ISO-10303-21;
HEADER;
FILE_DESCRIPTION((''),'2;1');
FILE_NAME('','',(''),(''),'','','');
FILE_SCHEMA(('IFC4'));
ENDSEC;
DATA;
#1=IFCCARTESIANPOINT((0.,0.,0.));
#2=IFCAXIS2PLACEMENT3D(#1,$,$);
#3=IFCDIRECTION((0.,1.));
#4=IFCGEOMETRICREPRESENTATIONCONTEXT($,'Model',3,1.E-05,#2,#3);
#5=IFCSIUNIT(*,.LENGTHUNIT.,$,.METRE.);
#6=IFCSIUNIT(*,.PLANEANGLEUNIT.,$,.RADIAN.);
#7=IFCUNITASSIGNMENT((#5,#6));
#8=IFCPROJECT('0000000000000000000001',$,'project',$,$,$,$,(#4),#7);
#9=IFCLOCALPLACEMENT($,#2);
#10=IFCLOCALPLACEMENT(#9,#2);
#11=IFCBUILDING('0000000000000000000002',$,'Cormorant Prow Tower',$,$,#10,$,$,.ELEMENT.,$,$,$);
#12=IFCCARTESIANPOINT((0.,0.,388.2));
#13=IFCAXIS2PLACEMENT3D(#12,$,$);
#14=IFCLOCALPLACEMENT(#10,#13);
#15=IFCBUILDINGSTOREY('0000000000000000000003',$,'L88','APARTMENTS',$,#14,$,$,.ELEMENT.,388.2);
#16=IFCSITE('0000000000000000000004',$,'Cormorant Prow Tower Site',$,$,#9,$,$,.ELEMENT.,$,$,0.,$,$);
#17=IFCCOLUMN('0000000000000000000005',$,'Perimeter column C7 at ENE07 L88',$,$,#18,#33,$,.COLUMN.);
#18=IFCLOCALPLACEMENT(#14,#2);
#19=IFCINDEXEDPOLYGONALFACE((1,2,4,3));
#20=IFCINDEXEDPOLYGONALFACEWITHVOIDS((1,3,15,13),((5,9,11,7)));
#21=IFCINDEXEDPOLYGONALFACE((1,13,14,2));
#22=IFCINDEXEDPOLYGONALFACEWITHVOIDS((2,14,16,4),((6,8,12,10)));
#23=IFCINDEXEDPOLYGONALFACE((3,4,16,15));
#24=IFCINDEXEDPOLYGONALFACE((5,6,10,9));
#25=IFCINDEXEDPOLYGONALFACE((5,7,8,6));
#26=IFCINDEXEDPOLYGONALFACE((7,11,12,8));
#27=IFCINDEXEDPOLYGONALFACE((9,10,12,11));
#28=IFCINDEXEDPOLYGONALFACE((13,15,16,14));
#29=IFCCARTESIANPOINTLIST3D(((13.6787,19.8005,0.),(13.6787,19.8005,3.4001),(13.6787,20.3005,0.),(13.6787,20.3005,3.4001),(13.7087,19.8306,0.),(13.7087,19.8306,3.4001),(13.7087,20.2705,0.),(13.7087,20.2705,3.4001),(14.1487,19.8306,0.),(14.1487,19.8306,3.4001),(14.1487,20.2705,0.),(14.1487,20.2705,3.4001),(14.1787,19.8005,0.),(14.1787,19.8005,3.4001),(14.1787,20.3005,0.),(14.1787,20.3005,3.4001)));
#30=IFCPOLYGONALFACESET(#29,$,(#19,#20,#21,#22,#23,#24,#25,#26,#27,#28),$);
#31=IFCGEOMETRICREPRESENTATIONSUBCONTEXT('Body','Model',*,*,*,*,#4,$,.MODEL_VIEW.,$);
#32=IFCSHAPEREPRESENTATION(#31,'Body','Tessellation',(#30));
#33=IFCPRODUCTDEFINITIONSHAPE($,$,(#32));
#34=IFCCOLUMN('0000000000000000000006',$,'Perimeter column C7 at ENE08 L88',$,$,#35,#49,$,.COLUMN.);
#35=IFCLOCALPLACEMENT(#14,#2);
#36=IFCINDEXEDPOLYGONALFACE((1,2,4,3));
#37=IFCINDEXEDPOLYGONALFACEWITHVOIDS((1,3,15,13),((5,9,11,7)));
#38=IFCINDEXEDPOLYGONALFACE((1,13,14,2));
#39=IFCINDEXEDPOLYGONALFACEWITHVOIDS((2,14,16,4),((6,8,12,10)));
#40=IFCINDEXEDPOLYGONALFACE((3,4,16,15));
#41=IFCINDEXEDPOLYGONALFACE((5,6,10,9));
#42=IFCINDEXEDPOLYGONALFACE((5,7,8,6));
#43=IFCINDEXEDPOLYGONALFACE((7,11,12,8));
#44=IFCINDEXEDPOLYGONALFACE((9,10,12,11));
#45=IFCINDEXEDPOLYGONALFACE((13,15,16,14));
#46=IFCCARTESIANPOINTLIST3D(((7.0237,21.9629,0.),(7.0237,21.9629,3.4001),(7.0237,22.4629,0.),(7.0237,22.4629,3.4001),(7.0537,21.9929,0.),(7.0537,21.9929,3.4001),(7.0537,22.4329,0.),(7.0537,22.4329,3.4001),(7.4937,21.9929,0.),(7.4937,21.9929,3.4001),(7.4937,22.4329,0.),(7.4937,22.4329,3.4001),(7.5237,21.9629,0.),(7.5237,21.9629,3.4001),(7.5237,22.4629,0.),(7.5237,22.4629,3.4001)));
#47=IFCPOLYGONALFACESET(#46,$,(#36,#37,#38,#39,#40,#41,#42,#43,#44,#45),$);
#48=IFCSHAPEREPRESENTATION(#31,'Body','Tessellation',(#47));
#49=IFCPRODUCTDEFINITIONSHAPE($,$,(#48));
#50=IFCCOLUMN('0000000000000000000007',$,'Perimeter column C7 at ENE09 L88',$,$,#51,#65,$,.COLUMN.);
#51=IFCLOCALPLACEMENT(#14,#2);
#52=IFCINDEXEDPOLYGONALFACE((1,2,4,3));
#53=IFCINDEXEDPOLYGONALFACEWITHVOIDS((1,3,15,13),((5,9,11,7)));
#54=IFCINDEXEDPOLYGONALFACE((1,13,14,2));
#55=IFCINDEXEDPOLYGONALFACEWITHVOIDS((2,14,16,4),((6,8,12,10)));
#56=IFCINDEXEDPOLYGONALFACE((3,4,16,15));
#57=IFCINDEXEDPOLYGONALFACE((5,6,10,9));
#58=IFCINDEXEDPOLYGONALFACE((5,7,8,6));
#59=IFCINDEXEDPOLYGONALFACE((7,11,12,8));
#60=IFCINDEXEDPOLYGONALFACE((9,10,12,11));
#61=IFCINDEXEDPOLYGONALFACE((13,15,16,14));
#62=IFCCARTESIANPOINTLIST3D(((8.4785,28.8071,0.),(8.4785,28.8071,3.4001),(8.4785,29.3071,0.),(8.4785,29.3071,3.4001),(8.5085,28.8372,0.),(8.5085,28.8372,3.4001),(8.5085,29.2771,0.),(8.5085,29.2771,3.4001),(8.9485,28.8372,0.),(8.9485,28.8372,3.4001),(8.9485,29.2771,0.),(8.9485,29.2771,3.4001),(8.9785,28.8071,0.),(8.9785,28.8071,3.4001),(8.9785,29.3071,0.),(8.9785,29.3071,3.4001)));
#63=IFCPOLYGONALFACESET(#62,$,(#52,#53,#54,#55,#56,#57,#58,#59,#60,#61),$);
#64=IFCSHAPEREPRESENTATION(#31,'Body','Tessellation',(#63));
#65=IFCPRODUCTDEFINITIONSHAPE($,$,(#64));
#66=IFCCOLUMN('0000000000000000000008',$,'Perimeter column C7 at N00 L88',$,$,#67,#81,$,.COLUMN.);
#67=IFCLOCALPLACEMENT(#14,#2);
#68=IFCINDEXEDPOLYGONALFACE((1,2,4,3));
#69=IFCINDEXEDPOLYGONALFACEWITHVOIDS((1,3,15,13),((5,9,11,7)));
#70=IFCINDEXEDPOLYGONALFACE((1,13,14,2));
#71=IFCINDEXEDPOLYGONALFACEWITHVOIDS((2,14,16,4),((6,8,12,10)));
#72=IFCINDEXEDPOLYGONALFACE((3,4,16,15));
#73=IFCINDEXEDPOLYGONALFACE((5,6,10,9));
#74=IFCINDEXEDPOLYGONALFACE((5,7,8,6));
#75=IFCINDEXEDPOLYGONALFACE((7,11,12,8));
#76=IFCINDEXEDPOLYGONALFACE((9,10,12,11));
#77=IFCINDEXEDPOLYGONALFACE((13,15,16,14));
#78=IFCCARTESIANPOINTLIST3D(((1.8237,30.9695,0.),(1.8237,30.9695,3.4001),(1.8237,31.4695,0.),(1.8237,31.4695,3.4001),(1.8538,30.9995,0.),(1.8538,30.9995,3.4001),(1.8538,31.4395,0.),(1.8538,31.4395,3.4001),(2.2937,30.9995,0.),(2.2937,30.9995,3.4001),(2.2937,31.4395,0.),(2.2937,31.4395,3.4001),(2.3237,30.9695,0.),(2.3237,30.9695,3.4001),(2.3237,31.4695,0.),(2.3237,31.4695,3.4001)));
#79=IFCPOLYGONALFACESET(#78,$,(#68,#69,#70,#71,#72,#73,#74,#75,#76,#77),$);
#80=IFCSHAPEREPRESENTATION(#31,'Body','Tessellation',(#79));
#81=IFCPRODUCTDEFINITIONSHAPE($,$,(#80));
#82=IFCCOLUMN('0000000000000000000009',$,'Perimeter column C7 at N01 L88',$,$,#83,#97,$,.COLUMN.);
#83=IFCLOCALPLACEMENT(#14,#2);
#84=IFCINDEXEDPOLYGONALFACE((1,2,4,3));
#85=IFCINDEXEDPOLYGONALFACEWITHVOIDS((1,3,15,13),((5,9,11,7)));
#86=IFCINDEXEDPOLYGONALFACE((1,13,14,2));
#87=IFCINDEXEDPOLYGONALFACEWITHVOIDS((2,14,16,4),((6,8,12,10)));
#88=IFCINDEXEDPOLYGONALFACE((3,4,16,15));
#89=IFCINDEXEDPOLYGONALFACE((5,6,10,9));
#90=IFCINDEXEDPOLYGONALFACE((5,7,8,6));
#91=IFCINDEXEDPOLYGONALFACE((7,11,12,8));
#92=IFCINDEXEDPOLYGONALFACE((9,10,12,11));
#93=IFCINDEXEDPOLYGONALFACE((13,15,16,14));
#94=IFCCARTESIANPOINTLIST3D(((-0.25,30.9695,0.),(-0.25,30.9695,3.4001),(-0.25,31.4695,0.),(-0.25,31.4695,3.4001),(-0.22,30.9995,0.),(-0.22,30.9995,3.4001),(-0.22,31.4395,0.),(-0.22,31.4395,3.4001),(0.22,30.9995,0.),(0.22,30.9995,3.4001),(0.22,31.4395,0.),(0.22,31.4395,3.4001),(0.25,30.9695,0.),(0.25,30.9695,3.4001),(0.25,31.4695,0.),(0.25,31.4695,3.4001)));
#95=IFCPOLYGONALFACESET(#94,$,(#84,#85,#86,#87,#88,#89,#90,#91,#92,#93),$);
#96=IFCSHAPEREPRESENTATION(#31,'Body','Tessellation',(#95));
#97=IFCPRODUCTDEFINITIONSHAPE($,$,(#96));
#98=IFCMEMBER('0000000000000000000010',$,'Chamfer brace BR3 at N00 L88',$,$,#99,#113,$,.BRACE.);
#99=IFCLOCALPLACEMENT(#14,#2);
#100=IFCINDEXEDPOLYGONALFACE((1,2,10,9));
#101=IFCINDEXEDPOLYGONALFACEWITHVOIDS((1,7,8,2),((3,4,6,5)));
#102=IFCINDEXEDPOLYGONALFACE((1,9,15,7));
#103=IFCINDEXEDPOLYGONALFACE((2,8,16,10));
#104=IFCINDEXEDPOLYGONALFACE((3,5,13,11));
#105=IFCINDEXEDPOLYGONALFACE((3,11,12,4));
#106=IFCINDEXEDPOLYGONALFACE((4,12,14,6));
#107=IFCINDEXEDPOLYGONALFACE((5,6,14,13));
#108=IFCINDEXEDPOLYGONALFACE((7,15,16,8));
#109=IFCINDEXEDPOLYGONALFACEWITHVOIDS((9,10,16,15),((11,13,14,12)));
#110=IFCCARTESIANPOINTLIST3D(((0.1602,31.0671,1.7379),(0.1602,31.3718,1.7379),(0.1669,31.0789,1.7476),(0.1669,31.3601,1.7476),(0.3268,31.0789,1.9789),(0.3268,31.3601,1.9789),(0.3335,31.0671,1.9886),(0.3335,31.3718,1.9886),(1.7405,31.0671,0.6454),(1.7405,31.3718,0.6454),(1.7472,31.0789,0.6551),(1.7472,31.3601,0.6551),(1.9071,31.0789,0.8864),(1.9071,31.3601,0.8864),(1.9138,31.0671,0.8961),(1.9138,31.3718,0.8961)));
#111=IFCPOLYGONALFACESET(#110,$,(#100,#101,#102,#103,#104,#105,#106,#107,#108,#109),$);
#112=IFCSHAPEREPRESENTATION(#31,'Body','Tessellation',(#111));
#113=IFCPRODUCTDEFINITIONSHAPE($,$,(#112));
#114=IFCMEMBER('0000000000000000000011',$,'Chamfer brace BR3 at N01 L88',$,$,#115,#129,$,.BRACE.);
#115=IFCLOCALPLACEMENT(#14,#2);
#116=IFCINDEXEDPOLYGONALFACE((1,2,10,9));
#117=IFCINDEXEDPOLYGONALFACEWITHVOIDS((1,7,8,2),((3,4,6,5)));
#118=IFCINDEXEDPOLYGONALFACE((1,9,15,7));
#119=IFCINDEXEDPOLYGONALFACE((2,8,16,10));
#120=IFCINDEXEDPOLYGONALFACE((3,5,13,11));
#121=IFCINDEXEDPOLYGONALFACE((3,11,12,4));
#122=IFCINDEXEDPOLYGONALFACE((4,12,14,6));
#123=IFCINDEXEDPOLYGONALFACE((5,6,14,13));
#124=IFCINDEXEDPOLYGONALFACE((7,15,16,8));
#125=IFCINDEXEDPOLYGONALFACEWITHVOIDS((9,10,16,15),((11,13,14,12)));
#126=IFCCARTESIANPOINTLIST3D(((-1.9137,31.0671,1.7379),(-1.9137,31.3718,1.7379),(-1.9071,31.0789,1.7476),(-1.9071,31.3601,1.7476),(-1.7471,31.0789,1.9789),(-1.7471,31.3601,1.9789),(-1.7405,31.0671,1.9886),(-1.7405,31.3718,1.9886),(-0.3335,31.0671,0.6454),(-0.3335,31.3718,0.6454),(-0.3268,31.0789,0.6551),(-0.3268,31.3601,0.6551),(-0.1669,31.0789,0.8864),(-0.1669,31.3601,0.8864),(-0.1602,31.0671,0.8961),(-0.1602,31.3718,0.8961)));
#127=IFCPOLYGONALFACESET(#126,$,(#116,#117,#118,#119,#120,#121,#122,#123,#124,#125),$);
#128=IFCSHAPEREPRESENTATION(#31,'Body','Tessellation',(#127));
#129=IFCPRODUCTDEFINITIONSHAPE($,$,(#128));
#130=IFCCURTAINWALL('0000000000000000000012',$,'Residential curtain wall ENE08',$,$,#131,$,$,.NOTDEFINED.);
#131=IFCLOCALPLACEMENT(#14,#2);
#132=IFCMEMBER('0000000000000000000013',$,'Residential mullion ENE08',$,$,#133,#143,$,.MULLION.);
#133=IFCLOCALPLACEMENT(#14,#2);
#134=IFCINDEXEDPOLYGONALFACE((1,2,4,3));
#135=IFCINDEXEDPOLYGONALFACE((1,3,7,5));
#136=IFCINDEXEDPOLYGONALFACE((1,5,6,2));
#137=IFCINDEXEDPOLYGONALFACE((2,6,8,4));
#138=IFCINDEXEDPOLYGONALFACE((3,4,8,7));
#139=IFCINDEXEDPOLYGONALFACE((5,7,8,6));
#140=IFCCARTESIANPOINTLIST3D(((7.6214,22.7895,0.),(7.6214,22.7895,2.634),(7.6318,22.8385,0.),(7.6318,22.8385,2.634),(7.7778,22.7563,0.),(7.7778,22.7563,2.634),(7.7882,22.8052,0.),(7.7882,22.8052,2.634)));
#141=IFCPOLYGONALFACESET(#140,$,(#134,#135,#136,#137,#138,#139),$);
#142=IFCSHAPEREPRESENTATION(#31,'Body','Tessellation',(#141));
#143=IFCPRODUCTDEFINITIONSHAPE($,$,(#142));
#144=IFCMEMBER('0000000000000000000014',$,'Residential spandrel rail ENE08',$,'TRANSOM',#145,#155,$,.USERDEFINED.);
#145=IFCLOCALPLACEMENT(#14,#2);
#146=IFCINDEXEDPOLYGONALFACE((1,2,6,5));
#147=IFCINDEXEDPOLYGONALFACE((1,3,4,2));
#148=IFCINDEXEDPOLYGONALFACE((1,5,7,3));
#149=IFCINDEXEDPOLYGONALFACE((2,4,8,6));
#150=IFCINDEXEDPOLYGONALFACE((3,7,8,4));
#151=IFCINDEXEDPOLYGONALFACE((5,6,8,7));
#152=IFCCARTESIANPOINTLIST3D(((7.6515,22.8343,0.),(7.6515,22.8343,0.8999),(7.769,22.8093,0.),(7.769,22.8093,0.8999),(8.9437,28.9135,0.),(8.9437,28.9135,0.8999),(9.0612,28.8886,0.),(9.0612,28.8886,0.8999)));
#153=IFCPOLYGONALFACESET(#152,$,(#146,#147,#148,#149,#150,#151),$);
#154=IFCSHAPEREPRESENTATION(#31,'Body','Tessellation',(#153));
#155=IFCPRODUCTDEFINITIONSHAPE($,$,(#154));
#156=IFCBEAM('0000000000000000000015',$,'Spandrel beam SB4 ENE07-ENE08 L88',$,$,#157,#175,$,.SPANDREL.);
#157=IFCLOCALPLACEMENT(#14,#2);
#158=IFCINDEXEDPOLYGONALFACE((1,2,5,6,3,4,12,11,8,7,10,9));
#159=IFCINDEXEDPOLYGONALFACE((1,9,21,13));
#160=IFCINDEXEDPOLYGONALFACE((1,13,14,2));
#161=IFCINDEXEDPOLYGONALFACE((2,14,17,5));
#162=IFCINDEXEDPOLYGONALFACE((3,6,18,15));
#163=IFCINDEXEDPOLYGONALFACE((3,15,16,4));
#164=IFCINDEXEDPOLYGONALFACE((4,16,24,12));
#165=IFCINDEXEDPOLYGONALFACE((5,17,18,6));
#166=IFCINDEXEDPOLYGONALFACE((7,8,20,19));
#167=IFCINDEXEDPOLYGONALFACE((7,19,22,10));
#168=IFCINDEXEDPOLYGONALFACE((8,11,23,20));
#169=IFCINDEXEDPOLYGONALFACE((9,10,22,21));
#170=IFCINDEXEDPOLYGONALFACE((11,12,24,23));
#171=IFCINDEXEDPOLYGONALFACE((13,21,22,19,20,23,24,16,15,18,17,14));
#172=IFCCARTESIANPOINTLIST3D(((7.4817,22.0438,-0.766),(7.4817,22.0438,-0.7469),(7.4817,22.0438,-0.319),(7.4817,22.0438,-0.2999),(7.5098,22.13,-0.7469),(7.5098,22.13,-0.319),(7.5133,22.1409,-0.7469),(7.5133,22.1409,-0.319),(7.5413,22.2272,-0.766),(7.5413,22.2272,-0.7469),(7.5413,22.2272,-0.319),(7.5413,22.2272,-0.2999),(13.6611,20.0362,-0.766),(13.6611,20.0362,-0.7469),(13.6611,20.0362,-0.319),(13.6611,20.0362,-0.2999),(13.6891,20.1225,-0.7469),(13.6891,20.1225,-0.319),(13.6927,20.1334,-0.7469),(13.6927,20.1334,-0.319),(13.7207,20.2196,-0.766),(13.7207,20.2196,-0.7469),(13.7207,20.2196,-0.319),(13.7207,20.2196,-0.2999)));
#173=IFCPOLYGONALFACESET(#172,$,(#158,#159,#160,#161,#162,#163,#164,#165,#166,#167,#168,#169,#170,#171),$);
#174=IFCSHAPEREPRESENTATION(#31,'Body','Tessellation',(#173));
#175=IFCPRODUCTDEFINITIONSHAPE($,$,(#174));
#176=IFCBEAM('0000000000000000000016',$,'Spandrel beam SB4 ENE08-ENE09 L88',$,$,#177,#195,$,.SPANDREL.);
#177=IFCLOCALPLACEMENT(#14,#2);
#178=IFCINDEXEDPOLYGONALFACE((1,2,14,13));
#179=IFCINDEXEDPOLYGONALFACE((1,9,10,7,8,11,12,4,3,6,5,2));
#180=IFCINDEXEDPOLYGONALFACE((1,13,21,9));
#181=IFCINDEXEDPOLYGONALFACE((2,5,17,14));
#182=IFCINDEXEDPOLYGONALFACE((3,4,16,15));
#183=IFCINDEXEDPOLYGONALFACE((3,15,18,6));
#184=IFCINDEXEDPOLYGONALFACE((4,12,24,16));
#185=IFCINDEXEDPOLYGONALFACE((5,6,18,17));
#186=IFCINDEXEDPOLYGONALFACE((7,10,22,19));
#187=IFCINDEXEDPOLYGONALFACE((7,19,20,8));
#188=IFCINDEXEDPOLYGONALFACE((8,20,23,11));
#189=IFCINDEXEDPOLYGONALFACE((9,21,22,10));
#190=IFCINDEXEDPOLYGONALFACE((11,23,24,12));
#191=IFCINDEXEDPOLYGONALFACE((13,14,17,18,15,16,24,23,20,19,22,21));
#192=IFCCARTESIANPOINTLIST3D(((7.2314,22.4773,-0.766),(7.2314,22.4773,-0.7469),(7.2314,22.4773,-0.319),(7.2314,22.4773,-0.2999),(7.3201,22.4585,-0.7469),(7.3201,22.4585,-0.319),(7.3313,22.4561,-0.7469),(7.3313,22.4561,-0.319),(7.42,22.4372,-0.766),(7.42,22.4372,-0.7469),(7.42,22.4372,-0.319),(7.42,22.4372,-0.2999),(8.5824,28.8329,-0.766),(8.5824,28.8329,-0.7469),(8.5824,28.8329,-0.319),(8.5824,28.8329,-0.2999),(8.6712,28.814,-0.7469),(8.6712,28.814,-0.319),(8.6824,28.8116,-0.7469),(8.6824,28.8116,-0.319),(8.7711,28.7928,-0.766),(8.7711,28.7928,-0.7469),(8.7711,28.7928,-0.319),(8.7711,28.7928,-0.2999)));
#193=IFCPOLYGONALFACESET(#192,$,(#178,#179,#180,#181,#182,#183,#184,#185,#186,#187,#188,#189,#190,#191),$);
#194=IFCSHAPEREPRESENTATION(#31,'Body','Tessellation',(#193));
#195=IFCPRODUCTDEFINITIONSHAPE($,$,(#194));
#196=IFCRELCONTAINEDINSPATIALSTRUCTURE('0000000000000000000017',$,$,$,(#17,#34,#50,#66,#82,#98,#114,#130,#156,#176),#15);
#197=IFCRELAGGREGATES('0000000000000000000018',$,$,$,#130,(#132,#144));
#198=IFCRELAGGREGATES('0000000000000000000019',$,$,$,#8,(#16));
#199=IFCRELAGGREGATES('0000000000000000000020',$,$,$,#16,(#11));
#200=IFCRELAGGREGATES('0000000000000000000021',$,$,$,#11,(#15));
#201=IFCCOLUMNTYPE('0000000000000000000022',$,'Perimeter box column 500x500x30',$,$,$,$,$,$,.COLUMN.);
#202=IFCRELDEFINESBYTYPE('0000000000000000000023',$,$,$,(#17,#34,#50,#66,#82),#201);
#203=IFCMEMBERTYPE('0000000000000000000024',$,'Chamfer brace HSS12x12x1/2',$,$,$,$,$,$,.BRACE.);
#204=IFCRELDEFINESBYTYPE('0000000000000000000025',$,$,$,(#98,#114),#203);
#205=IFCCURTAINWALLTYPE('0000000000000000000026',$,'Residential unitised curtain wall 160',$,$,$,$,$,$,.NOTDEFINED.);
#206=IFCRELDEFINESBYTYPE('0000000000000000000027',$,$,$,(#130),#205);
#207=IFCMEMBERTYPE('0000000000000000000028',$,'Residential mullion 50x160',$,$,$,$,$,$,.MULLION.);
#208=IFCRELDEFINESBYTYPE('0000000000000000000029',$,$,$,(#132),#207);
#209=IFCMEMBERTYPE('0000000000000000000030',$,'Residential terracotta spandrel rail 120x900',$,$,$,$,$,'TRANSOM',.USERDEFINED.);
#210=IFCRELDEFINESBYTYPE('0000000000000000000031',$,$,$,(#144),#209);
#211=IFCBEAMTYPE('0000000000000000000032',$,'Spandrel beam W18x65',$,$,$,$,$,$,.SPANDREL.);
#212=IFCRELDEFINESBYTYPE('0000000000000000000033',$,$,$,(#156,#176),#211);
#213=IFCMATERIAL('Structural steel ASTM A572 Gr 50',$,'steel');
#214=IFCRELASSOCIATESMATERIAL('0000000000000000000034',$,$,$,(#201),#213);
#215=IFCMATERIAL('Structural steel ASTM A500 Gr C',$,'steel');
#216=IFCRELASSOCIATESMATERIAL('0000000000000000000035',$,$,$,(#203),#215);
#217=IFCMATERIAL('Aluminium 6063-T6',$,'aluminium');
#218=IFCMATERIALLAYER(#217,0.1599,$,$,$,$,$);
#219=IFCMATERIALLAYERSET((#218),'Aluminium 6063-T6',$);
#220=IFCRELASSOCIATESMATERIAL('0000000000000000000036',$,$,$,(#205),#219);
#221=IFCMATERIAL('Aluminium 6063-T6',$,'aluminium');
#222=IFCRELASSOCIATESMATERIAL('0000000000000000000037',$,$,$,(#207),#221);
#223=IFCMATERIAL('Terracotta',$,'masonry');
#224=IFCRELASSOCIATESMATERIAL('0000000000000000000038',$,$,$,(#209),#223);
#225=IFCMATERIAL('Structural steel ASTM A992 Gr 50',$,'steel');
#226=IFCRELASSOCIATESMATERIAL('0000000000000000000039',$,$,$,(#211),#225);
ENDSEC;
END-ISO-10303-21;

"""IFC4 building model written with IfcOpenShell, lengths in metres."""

from ifc_helpers import new_model, si_unit, direction, frame, origin, origin_2d, place, context, subcontext, project, spatial, rectangle, hollow_rectangle, i_section, extrude, material, layer, layer_set, material_profile, profile_set, type_object, element, aggregate, save


model = new_model("IFC4")

# Units and contexts
model_context = context("Model", 3, precision=1e-05, world=origin(), true_north=direction((0.0, 1.0)))
body_context = subcontext(model_context, "Body", "Model", "MODEL_VIEW")
ifc_project = project(units=[si_unit("LENGTHUNIT", "METRE"), si_unit("PLANEANGLEUNIT", "RADIAN")], contexts=[model_context])

# Site, building, storey
site_placement = place(None, origin())
site = spatial("IfcSite", under=ifc_project, at=site_placement, Name="Cormorant Prow Tower Site", CompositionType="ELEMENT", RefElevation=0.0)
building_placement = place(site_placement, origin())
building = spatial("IfcBuilding", under=site, at=building_placement, Name="Cormorant Prow Tower", CompositionType="ELEMENT")
storey_placement = place(building_placement, frame((0.0, 0.0, 388.2)))
storey = spatial("IfcBuildingStorey", under=building, at=storey_placement, Name="L88", Description="APARTMENTS", CompositionType="ELEMENT", Elevation=388.2)

# Columns
ifc_material_1 = material(Name="Structural steel ASTM A572 Gr 50", Category="steel")
ifc_material_profile_1 = material_profile(ifc_material_1, hollow_rectangle(XDim=0.5, YDim=0.5, WallThickness=0.03, at=origin_2d()), Name="Box 500x500x30")
ifc_profile_set_1 = profile_set([ifc_material_profile_1], Name="Structural steel ASTM A572 Gr 50")
column_type = type_object("IfcColumnType", Name="Perimeter box column 500x500x30", PredefinedType="COLUMN", material=ifc_profile_set_1)
for number, where, z_axis, x_axis, name in (
    (1, (13.9287, 20.0505, 0.0), (0.0, 0.0, 1.0), (1.0, 0.0, 0.0), "Perimeter column C7 at ENE07 L88"),
    (2, (7.2737, 22.2129, 0.0), (0.0, 0.0, 1.0), (1.0, 0.0, 0.0), "Perimeter column C7 at ENE08 L88"),
    (3, (8.7285, 29.0571, 0.0), (0.0, 0.0, 1.0), (1.0, 0.0, 0.0), "Perimeter column C7 at ENE09 L88"),
    (4, (2.0737, 31.2195, 0.0), (0.0, 0.0, 1.0), (1.0, 0.0, 0.0), "Perimeter column C7 at N00 L88"),
    (5, (0.0, 31.2195, 0.0), (0.0, 0.0, 1.0), (1.0, 0.0, 0.0), "Perimeter column C7 at N01 L88"),
):
    element("IfcColumn", number, at=place(storey_placement, frame(where, z_axis=z_axis, x_axis=x_axis)), inside=storey, type_object=column_type, Name=name, PredefinedType="COLUMN", context=body_context, shape_type="SweptSolid", body=[
        extrude(hollow_rectangle(XDim=0.5, YDim=0.5, WallThickness=0.03, at=origin_2d()), origin(), (0.0, 0.0, 1.0), 3.4001),
    ])

# Members
ifc_material_2 = material(Name="Structural steel ASTM A500 Gr C", Category="steel")
ifc_material_profile_2 = material_profile(ifc_material_2, hollow_rectangle(XDim=0.3047, YDim=0.3047, WallThickness=0.0117, at=origin_2d()), Name="HSS12x12x1/2")
ifc_profile_set_2 = profile_set([ifc_material_profile_2], Name="Structural steel ASTM A500 Gr C")
member_type_1 = type_object("IfcMemberType", Name="Chamfer brace HSS12x12x1/2", PredefinedType="BRACE", material=ifc_profile_set_2)
for number, where, z_axis, x_axis, name in (
    (6, (1.8271, 31.2195, 0.7708), (-0.822567, 0.0, 0.568668), (0.0, -1.0, 0.0), "Chamfer brace BR3 at N00 L88"),
    (7, (-0.2468, 31.2195, 0.7708), (-0.822567, 0.0, 0.568668), (0.0, -1.0, 0.0), "Chamfer brace BR3 at N01 L88"),
):
    element("IfcMember", number, at=place(storey_placement, frame(where, z_axis=z_axis, x_axis=x_axis)), inside=storey, type_object=member_type_1, Name=name, PredefinedType="BRACE", context=body_context, shape_type="SweptSolid", body=[
        extrude(hollow_rectangle(XDim=0.3047, YDim=0.3047, WallThickness=0.0117, at=origin_2d()), origin(), (0.0, 0.0, 1.0), 1.9211),
    ])

# Curtain wall, members
ifc_material_3 = material(Name="Aluminium 6063-T6", Category="aluminium")
ifc_layer_1 = layer(ifc_material_3, 0.1599)
ifc_layer_set_1 = layer_set([ifc_layer_1], Name="Aluminium 6063-T6")
curtain_wall_type = type_object("IfcCurtainWallType", Name="Residential unitised curtain wall 160", PredefinedType="NOTDEFINED", material=ifc_layer_set_1)
curtain_wall_placement = place(storey_placement, origin())
curtain_wall = element("IfcCurtainWall", 8, at=curtain_wall_placement, inside=storey, type_object=curtain_wall_type, Name="Residential curtain wall ENE08", PredefinedType="NOTDEFINED")
ifc_material_4 = material(Name="Aluminium 6063-T6", Category="aluminium")
ifc_material_profile_3 = material_profile(ifc_material_4, rectangle(XDim=0.1599, YDim=0.05, at=origin_2d()), Name="Residential mullion 50x160")
ifc_profile_set_3 = profile_set([ifc_material_profile_3], Name="Aluminium 6063-T6")
member_type_2 = type_object("IfcMemberType", Name="Residential mullion 50x160", PredefinedType="MULLION", material=ifc_profile_set_3)
member_1_placement = place(storey_placement, frame((7.7048, 22.7974, 0.0), z_axis=(0.0, 0.0, 1.0), x_axis=(-0.978148, 0.207912, 0.0)))
member_1 = element("IfcMember", 9, at=member_1_placement, type_object=member_type_2, Name="Residential mullion ENE08", PredefinedType="MULLION", context=body_context, shape_type="SweptSolid", body=[
    extrude(rectangle(XDim=0.1599, YDim=0.05, at=origin_2d()), origin(), (0.0, 0.0, 1.0), 2.634),
])
ifc_material_5 = material(Name="Terracotta", Category="masonry")
ifc_material_profile_4 = material_profile(ifc_material_5, rectangle(XDim=0.1201, YDim=0.8999, at=origin_2d()), Name="Residential terracotta spandrel rail 120x900")
ifc_profile_set_4 = profile_set([ifc_material_profile_4], Name="Terracotta")
member_type_3 = type_object("IfcMemberType", Name="Residential terracotta spandrel rail 120x900", ElementType="TRANSOM", PredefinedType="USERDEFINED", material=ifc_profile_set_4)
member_2_placement = place(storey_placement, frame((7.7102, 22.8218, 0.45), z_axis=(0.207917, 0.978147, 0.0), x_axis=(-0.978147, 0.207917, 0.0)))
member_2 = element("IfcMember", 10, at=member_2_placement, type_object=member_type_3, Name="Residential spandrel rail ENE08", ObjectType="TRANSOM", PredefinedType="USERDEFINED", context=body_context, shape_type="SweptSolid", body=[
    extrude(rectangle(XDim=0.1201, YDim=0.8999, at=origin_2d()), origin(), (0.0, 0.0, 1.0), 6.2151),
])

# Beams
ifc_material_6 = material(Name="Structural steel ASTM A992 Gr 50", Category="steel")
ifc_material_profile_5 = material_profile(ifc_material_6, i_section(OverallWidth=0.1929, OverallDepth=0.4661, WebThickness=0.0115, FlangeThickness=0.019, at=origin_2d()), Name="W18x65")
ifc_profile_set_5 = profile_set([ifc_material_profile_5], Name="Structural steel ASTM A992 Gr 50")
beam_type = type_object("IfcBeamType", Name="Spandrel beam W18x65", PredefinedType="SPANDREL", material=ifc_profile_set_5)
beam_placement = place(storey_placement, frame((13.6909, 20.1279, -0.533), z_axis=(-0.951068, 0.308982, 0.0), x_axis=(-0.308982, -0.951068, 0.0)))
element("IfcBeam", 11, at=beam_placement, inside=storey, type_object=beam_type, Name="Spandrel beam SB4 ENE07-ENE08 L88", PredefinedType="SPANDREL", context=body_context, shape_type="SweptSolid", body=[
    extrude(i_section(OverallWidth=0.1929, OverallDepth=0.4661, WebThickness=0.0115, FlangeThickness=0.019, at=origin_2d()), origin(), (0.0, 0.0, 1.0), 6.4973),
])
for number, where, z_axis, x_axis, name in (
    (12, (7.3257, 22.4573, -0.533), (0.207938, 0.978142, 0.0), (-0.978142, 0.207938, 0.0), "Spandrel beam SB4 ENE08-ENE09 L88"),
):
    element("IfcBeam", number, at=place(storey_placement, frame(where, z_axis=z_axis, x_axis=x_axis)), inside=storey, type_object=beam_type, Name=name, PredefinedType="SPANDREL", context=body_context, shape_type="SweptSolid", body=[
        extrude(i_section(OverallWidth=0.1929, OverallDepth=0.4661, WebThickness=0.0115, FlangeThickness=0.019, at=origin_2d()), origin(), (0.0, 0.0, 1.0), 6.4976),
    ])

aggregate(curtain_wall, [member_1, member_2])

save(model, "model.ifc")
